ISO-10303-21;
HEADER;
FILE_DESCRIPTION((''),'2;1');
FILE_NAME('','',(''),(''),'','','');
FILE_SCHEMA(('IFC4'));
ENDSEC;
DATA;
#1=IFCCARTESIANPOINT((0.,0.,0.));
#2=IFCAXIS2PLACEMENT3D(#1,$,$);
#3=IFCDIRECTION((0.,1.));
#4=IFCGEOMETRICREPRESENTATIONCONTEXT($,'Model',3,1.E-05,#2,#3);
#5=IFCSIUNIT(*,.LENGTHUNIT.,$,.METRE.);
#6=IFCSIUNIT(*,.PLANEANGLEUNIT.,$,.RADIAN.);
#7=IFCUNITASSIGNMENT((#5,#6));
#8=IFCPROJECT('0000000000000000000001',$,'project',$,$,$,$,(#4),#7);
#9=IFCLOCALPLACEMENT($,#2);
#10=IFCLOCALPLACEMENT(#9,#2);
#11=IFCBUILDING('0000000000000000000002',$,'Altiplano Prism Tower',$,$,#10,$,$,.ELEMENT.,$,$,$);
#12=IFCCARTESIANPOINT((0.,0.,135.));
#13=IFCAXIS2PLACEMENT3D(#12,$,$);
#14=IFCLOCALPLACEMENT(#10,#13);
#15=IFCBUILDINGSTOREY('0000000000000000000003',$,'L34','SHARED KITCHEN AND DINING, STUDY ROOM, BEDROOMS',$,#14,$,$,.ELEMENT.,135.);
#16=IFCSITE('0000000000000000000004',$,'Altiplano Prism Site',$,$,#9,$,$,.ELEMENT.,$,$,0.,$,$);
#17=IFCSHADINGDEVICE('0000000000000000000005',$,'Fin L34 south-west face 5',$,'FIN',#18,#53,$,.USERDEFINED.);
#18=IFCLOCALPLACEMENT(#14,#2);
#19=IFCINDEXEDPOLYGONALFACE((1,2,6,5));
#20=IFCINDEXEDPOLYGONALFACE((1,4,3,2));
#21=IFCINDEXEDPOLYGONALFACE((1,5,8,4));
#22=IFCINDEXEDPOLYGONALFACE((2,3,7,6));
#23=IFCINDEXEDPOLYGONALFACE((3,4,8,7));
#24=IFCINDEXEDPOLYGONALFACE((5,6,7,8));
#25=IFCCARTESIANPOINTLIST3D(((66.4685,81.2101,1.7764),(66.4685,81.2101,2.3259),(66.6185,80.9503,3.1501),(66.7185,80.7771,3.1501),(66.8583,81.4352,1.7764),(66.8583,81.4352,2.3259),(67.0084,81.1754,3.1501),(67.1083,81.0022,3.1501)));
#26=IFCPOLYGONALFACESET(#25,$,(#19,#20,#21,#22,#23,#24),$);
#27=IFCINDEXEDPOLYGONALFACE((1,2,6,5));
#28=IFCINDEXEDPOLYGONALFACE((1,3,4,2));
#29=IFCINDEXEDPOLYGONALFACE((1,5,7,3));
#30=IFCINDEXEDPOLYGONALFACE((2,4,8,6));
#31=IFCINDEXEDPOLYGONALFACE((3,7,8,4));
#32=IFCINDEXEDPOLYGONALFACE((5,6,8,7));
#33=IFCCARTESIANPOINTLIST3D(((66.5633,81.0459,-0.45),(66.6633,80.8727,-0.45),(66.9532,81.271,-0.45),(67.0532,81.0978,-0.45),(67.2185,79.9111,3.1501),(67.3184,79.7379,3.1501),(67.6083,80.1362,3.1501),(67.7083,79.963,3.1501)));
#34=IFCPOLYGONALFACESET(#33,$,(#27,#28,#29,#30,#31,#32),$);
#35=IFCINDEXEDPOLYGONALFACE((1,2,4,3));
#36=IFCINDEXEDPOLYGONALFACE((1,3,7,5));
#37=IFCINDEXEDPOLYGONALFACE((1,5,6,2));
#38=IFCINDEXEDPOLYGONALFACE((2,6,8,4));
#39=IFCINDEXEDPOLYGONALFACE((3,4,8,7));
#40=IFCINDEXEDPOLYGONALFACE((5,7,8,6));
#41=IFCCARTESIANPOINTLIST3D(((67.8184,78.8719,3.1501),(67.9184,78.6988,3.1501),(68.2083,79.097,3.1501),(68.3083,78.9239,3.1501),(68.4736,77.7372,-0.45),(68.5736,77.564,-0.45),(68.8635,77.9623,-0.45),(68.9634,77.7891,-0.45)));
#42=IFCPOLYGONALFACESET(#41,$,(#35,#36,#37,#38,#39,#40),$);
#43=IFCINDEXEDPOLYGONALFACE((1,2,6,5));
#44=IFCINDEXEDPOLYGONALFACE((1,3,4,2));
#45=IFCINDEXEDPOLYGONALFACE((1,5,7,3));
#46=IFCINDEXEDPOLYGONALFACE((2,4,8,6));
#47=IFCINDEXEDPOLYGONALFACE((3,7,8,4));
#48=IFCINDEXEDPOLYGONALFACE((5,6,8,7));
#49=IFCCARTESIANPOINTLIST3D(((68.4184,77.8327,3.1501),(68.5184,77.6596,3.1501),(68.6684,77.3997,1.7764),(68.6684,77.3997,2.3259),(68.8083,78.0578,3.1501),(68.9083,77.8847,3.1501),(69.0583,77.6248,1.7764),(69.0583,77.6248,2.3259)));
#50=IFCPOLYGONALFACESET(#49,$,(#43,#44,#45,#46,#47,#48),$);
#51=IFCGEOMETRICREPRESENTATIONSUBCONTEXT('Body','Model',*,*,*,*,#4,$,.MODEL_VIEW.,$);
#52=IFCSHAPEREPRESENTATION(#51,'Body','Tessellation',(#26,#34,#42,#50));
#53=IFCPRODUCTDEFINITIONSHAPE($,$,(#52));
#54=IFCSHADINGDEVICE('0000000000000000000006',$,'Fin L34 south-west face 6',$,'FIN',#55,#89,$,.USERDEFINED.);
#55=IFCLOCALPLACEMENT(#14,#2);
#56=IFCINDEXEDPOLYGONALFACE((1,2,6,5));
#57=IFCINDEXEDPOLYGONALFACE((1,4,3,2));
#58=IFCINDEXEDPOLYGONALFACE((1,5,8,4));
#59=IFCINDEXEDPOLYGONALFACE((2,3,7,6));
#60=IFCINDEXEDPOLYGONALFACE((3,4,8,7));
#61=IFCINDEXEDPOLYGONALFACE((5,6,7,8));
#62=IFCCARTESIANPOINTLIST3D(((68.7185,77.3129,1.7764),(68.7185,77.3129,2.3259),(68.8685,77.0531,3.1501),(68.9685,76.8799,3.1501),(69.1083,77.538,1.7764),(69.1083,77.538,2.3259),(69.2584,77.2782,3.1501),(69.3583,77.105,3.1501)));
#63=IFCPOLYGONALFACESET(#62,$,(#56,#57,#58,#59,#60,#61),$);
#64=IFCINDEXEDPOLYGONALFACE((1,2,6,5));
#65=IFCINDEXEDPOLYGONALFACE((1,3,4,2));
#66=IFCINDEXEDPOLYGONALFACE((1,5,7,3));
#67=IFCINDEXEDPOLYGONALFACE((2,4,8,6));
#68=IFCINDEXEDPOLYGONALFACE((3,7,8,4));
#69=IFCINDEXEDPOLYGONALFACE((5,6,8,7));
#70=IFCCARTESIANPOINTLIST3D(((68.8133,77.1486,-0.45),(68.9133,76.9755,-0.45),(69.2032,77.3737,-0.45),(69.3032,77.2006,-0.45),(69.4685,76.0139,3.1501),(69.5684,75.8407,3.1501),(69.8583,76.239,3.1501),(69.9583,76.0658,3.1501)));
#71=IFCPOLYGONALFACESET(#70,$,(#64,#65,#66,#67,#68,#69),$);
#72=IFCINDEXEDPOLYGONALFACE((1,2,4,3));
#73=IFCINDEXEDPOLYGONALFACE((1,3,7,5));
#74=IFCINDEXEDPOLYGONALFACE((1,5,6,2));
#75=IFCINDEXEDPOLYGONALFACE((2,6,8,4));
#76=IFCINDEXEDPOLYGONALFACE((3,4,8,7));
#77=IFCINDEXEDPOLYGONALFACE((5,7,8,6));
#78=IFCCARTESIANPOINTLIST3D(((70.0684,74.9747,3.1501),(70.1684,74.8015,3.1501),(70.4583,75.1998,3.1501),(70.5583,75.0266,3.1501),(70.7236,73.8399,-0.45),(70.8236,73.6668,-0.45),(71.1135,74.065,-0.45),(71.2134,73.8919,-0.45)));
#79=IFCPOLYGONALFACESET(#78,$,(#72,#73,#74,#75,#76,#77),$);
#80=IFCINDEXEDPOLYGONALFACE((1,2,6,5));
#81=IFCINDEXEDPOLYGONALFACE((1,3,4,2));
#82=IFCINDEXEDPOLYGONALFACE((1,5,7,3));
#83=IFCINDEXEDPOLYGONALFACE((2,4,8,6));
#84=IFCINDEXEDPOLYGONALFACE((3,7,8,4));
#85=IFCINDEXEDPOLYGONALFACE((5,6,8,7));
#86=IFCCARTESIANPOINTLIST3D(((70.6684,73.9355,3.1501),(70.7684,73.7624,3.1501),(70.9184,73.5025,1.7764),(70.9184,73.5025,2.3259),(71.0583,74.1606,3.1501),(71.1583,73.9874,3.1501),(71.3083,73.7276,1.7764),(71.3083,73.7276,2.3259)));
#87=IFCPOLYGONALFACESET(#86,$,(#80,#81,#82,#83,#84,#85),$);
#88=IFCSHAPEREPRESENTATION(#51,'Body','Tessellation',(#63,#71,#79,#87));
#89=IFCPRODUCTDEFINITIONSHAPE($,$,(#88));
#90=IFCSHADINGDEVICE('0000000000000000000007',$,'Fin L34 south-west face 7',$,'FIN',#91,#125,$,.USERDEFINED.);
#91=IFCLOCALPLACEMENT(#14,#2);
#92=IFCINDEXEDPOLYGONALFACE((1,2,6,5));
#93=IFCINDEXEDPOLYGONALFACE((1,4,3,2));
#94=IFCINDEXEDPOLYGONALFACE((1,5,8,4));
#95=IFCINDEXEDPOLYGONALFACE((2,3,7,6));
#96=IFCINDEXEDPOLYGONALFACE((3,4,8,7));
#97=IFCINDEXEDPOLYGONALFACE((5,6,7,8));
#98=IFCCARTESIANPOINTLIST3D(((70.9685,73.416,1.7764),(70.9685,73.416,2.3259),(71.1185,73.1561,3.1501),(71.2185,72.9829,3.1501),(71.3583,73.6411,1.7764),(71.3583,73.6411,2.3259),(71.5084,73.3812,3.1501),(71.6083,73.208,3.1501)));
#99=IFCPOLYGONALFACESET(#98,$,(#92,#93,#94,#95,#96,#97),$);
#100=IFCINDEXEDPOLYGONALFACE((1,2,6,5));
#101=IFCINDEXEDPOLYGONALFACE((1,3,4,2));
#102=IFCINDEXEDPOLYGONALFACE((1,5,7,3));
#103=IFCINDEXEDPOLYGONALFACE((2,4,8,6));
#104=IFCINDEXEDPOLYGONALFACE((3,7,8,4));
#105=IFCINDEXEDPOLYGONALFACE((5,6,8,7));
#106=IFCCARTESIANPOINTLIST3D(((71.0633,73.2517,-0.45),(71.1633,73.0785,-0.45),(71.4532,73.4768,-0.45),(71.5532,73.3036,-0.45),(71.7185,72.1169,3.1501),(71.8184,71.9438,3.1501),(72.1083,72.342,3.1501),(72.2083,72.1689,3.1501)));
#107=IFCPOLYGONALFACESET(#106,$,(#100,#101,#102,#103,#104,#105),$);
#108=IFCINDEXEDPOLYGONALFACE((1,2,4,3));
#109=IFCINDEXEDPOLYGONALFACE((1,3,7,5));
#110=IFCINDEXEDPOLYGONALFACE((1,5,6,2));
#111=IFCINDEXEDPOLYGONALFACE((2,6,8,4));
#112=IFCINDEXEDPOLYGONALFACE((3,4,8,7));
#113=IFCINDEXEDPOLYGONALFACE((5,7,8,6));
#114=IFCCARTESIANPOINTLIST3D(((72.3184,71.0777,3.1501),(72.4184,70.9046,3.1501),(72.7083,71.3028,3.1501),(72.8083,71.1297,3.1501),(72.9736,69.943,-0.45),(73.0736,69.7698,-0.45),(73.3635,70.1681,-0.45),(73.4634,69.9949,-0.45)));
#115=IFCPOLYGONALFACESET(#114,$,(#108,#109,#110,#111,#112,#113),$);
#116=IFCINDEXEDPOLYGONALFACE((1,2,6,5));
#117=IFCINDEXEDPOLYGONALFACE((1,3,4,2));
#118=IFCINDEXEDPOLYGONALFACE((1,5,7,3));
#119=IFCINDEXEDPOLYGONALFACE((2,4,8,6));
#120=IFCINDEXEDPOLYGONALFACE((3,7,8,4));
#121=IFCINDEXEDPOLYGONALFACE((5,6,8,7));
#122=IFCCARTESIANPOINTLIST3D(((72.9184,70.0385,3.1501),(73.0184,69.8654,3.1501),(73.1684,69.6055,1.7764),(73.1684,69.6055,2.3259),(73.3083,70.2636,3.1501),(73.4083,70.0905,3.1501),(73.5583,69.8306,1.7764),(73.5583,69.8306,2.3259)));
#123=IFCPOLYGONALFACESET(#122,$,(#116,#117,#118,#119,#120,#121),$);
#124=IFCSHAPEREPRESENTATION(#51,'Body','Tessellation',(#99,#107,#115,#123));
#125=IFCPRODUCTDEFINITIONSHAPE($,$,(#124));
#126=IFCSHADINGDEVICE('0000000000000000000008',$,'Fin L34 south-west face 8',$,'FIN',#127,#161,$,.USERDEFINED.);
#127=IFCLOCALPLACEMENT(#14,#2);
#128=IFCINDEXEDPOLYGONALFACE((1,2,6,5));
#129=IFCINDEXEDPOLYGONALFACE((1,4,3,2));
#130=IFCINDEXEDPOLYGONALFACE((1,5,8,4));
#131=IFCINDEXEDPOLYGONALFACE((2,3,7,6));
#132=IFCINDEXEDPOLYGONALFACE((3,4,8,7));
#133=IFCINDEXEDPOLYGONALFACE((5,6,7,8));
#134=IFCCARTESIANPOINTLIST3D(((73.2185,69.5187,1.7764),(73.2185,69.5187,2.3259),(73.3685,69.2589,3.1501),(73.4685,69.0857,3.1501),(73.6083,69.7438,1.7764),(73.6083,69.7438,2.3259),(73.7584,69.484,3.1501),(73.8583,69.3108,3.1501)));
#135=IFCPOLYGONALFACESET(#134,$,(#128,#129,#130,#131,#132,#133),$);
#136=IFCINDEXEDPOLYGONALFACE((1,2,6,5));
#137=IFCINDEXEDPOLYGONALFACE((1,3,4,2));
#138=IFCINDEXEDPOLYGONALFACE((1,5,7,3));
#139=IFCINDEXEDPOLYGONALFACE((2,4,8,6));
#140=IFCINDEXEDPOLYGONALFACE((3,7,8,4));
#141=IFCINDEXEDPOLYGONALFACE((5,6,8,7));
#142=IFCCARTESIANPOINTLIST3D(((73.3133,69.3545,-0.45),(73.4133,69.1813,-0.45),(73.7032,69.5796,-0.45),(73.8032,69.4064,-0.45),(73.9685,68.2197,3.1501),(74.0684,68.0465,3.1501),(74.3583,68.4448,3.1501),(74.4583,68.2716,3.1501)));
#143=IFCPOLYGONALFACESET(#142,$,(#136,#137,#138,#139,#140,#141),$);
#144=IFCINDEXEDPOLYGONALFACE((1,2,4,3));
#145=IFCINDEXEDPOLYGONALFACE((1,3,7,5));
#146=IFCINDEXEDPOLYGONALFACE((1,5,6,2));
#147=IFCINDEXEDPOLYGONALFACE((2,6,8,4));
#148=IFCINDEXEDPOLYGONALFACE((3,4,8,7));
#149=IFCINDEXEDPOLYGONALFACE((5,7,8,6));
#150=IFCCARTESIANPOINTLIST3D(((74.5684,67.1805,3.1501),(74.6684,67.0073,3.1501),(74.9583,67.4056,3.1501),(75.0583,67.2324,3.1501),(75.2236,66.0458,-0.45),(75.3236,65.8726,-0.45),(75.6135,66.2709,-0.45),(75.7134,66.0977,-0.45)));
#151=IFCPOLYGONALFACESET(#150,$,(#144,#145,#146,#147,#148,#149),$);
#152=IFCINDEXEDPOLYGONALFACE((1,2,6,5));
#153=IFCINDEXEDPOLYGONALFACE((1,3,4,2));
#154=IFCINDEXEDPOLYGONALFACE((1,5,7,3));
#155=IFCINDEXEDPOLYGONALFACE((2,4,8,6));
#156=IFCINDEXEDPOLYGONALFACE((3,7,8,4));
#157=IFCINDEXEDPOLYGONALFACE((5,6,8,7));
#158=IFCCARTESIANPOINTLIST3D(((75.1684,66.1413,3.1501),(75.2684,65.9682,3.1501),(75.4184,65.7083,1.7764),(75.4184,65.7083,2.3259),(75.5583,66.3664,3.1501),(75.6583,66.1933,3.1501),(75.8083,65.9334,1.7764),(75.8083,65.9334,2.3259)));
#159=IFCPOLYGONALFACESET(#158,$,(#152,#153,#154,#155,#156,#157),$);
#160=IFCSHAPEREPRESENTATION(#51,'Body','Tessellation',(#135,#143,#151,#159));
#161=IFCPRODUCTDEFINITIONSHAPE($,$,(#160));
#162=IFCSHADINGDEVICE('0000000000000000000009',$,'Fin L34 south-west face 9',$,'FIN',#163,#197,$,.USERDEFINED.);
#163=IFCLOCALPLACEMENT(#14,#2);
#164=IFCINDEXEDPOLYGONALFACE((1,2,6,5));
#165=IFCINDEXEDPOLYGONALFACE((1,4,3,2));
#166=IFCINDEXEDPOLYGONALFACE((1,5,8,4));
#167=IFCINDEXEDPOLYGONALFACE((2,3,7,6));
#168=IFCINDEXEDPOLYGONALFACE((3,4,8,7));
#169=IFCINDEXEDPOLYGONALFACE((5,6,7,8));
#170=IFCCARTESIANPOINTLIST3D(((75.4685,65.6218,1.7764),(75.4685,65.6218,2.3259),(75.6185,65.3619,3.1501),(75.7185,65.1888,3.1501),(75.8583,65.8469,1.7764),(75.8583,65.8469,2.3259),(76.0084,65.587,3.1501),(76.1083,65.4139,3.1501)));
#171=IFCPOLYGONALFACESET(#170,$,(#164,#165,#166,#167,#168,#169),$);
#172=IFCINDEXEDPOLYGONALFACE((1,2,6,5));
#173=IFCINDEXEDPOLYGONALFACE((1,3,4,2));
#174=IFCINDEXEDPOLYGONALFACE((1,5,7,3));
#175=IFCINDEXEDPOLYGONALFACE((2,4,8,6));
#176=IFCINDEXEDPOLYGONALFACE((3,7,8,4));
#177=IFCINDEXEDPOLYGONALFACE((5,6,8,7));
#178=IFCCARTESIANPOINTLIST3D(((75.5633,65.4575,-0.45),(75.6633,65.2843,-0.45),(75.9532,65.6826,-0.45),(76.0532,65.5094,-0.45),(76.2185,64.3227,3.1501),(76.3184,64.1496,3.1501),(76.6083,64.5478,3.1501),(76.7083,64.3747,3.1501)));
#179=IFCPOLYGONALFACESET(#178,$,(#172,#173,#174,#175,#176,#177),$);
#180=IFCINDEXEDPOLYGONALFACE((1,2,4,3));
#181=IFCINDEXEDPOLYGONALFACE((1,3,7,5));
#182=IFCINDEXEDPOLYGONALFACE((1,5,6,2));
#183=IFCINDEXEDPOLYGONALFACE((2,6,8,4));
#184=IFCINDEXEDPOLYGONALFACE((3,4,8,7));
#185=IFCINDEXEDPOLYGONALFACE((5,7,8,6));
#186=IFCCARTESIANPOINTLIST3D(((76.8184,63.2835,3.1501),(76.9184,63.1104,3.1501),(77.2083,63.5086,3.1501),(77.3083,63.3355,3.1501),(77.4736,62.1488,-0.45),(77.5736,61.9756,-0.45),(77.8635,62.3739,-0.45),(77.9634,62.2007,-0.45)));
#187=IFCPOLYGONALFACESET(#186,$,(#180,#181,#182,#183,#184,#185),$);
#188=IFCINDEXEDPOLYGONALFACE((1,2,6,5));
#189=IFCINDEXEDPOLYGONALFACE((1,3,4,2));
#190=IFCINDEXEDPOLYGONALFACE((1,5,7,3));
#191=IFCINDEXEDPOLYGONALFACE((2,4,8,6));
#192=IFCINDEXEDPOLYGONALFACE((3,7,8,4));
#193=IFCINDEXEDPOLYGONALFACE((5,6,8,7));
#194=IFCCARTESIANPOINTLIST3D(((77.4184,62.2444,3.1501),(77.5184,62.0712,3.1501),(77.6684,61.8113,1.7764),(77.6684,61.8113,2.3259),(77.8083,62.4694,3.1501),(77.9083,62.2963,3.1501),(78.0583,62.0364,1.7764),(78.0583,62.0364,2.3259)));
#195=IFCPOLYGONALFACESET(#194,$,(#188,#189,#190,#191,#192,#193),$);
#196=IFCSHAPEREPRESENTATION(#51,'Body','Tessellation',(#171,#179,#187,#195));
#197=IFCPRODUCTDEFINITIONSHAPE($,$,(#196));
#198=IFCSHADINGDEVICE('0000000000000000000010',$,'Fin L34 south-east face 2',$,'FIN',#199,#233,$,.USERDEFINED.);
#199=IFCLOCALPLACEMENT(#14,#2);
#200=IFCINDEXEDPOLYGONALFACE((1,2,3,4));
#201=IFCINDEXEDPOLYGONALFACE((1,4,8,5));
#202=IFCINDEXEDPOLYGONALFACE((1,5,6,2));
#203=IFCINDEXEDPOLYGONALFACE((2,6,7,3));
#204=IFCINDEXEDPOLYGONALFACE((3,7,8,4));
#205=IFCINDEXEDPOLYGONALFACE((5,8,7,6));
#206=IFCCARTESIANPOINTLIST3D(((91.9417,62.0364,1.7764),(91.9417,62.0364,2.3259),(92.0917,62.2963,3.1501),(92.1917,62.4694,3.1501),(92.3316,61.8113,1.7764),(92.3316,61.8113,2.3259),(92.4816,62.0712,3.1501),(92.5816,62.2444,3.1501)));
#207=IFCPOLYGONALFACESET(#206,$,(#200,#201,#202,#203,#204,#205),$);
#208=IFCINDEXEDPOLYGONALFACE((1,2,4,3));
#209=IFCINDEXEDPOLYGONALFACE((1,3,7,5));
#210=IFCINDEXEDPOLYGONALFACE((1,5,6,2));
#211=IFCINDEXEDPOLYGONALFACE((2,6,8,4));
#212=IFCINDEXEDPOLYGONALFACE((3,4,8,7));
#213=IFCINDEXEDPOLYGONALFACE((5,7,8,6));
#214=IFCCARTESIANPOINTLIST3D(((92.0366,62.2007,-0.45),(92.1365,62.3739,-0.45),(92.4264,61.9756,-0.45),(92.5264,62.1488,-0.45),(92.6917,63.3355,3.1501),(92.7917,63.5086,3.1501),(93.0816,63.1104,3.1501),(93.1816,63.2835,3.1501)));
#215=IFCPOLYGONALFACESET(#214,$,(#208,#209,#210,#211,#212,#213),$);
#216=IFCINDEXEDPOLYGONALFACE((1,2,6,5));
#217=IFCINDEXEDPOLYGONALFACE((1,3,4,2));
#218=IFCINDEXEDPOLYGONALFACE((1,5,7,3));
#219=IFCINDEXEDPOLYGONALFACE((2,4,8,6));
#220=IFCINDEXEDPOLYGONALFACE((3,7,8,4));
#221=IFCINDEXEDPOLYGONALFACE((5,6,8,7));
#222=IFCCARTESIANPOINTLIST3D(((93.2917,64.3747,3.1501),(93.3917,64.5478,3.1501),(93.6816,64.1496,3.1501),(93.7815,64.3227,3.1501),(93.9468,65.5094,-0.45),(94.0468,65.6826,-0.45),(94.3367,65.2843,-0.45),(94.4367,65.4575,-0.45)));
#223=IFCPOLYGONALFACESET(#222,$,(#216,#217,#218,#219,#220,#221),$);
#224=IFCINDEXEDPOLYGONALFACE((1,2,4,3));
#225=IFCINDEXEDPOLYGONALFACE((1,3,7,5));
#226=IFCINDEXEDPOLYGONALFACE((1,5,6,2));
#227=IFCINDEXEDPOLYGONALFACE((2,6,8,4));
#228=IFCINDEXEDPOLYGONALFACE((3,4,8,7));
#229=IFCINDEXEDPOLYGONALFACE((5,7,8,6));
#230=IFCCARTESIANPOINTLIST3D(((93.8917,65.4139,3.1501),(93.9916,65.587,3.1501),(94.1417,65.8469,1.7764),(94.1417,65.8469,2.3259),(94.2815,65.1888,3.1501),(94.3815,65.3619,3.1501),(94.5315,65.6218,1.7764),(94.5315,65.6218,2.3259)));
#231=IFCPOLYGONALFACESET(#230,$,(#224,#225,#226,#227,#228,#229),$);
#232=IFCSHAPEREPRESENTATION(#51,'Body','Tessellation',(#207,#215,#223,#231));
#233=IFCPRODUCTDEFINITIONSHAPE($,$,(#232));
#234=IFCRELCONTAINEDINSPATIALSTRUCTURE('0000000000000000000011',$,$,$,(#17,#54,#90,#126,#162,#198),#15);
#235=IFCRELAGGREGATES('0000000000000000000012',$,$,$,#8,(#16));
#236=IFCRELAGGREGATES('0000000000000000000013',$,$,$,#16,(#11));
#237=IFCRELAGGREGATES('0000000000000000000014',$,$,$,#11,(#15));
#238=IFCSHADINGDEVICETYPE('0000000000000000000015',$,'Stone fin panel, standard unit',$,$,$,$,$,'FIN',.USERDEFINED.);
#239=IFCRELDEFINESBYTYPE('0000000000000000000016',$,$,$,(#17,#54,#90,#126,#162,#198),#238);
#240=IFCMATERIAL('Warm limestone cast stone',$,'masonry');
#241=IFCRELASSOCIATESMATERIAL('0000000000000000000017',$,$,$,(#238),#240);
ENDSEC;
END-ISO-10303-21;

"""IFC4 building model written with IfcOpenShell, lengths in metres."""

from ifc_helpers import new_model, si_unit, direction, frame, origin, place, context, subcontext, project, spatial, polyline, outline, extrude, source, transform, mapped, material, type_object, element, save


model = new_model("IFC4")

# Units and contexts
model_context = context("Model", 3, precision=1e-05, world=origin(), true_north=direction((0.0, 1.0)))
body_context = subcontext(model_context, "Body", "Model", "MODEL_VIEW")
ifc_project = project(units=[si_unit("LENGTHUNIT", "METRE"), si_unit("PLANEANGLEUNIT", "RADIAN")], contexts=[model_context])

# Site, building, storey
site_placement = place(None, origin())
site = spatial("IfcSite", under=ifc_project, at=site_placement, Name="Altiplano Prism Site", CompositionType="ELEMENT", RefElevation=0.0)
building_placement = place(site_placement, origin())
building = spatial("IfcBuilding", under=site, at=building_placement, Name="Altiplano Prism Tower", CompositionType="ELEMENT")
storey_placement = place(building_placement, frame((0.0, 0.0, 135.0)))
storey = spatial("IfcBuildingStorey", under=building, at=storey_placement, Name="L34", Description="SHARED KITCHEN AND DINING, STUDY ROOM, BEDROOMS", CompositionType="ELEMENT", Elevation=135.0)

# Shading devices
ifc_material_1 = material(Name="Warm limestone cast stone", Category="masonry")
shading_device_type_1 = type_object("IfcShadingDeviceType", Name="Stone fin panel, standard unit", ElementType="FIN", PredefinedType="USERDEFINED", material=ifc_material_1)
shared_shape_1 = source(origin(), body_context, "Body", "SweptSolid", [
    extrude(outline(polyline([(-2.2, 2.2263), (-1.7, 3.6001), (-1.8999, 3.6001), (-2.2, 2.7759), (-2.2, 2.2263)])), frame((0.0, -0.1499, 0.0), z_axis=(0.0, -1.0, 0.0), x_axis=(1.0, 0.0, 0.0)), (0.0, 0.0, 1.0), 0.4502),
    extrude(outline(polyline([(-2.0103, 0.0), (-1.8103, 0.0), (-0.5, 3.6001), (-0.7, 3.6001), (-2.0103, 0.0)])), frame((0.0, -0.1499, 0.0), z_axis=(0.0, -1.0, 0.0), x_axis=(1.0, 0.0, 0.0)), (0.0, 0.0, 1.0), 0.4502),
    extrude(outline(polyline([(1.8103, 0.0), (2.0103, 0.0), (0.7, 3.6001), (0.5, 3.6001), (1.8103, 0.0)])), frame((0.0, -0.1499, 0.0), z_axis=(0.0, -1.0, 0.0), x_axis=(1.0, 0.0, 0.0)), (0.0, 0.0, 1.0), 0.4502),
    extrude(outline(polyline([(2.2, 2.7759), (1.8999, 3.6001), (1.7, 3.6001), (2.2, 2.2263), (2.2, 2.7759)])), frame((0.0, -0.1499, 0.0), z_axis=(0.0, -1.0, 0.0), x_axis=(1.0, 0.0, 0.0)), (0.0, 0.0, 1.0), 0.4502),
])
shading_device_1_placement = place(storey_placement, origin())
element("IfcShadingDevice", 1, at=shading_device_1_placement, inside=storey, type_object=shading_device_type_1, Name="Fin L34 south-west face 5", ObjectType="FIN", PredefinedType="USERDEFINED", context=body_context, shape_type="MappedRepresentation", body=[
    mapped(shared_shape_1, transform((68.0881, 79.605, -0.45), x_axis=(0.5, -0.866025, 0.0), y_axis=(0.866025, 0.5, 0.0), z_axis=(0.0, 0.0, 1.0))),
])
shading_device_2_placement = place(storey_placement, origin())
element("IfcShadingDevice", 2, at=shading_device_2_placement, inside=storey, type_object=shading_device_type_1, Name="Fin L34 south-west face 6", ObjectType="FIN", PredefinedType="USERDEFINED", context=body_context, shape_type="MappedRepresentation", body=[
    mapped(shared_shape_1, transform((70.3381, 75.7078, -0.45), x_axis=(0.5, -0.866025, 0.0), y_axis=(0.866025, 0.5, 0.0), z_axis=(0.0, 0.0, 1.0))),
])
shading_device_3_placement = place(storey_placement, origin())
element("IfcShadingDevice", 3, at=shading_device_3_placement, inside=storey, type_object=shading_device_type_1, Name="Fin L34 south-west face 7", ObjectType="FIN", PredefinedType="USERDEFINED", context=body_context, shape_type="MappedRepresentation", body=[
    mapped(shared_shape_1, transform((72.5881, 71.8108, -0.45), x_axis=(0.5, -0.866025, 0.0), y_axis=(0.866025, 0.5, 0.0), z_axis=(0.0, 0.0, 1.0))),
])
shading_device_4_placement = place(storey_placement, origin())
element("IfcShadingDevice", 4, at=shading_device_4_placement, inside=storey, type_object=shading_device_type_1, Name="Fin L34 south-west face 8", ObjectType="FIN", PredefinedType="USERDEFINED", context=body_context, shape_type="MappedRepresentation", body=[
    mapped(shared_shape_1, transform((74.8381, 67.9136, -0.45), x_axis=(0.5, -0.866025, 0.0), y_axis=(0.866025, 0.5, 0.0), z_axis=(0.0, 0.0, 1.0))),
])
shading_device_5_placement = place(storey_placement, origin())
element("IfcShadingDevice", 5, at=shading_device_5_placement, inside=storey, type_object=shading_device_type_1, Name="Fin L34 south-west face 9", ObjectType="FIN", PredefinedType="USERDEFINED", context=body_context, shape_type="MappedRepresentation", body=[
    mapped(shared_shape_1, transform((77.0881, 64.0166, -0.45), x_axis=(0.5, -0.866025, 0.0), y_axis=(0.866025, 0.5, 0.0), z_axis=(0.0, 0.0, 1.0))),
])
shading_device_6_placement = place(storey_placement, origin())
element("IfcShadingDevice", 6, at=shading_device_6_placement, inside=storey, type_object=shading_device_type_1, Name="Fin L34 south-east face 2", ObjectType="FIN", PredefinedType="USERDEFINED", context=body_context, shape_type="MappedRepresentation", body=[
    mapped(shared_shape_1, transform((92.9119, 64.0166, -0.45), x_axis=(0.5, 0.866025, 0.0), y_axis=(-0.866025, 0.5, 0.0), z_axis=(0.0, 0.0, 1.0))),
])

save(model, "model.ifc")
